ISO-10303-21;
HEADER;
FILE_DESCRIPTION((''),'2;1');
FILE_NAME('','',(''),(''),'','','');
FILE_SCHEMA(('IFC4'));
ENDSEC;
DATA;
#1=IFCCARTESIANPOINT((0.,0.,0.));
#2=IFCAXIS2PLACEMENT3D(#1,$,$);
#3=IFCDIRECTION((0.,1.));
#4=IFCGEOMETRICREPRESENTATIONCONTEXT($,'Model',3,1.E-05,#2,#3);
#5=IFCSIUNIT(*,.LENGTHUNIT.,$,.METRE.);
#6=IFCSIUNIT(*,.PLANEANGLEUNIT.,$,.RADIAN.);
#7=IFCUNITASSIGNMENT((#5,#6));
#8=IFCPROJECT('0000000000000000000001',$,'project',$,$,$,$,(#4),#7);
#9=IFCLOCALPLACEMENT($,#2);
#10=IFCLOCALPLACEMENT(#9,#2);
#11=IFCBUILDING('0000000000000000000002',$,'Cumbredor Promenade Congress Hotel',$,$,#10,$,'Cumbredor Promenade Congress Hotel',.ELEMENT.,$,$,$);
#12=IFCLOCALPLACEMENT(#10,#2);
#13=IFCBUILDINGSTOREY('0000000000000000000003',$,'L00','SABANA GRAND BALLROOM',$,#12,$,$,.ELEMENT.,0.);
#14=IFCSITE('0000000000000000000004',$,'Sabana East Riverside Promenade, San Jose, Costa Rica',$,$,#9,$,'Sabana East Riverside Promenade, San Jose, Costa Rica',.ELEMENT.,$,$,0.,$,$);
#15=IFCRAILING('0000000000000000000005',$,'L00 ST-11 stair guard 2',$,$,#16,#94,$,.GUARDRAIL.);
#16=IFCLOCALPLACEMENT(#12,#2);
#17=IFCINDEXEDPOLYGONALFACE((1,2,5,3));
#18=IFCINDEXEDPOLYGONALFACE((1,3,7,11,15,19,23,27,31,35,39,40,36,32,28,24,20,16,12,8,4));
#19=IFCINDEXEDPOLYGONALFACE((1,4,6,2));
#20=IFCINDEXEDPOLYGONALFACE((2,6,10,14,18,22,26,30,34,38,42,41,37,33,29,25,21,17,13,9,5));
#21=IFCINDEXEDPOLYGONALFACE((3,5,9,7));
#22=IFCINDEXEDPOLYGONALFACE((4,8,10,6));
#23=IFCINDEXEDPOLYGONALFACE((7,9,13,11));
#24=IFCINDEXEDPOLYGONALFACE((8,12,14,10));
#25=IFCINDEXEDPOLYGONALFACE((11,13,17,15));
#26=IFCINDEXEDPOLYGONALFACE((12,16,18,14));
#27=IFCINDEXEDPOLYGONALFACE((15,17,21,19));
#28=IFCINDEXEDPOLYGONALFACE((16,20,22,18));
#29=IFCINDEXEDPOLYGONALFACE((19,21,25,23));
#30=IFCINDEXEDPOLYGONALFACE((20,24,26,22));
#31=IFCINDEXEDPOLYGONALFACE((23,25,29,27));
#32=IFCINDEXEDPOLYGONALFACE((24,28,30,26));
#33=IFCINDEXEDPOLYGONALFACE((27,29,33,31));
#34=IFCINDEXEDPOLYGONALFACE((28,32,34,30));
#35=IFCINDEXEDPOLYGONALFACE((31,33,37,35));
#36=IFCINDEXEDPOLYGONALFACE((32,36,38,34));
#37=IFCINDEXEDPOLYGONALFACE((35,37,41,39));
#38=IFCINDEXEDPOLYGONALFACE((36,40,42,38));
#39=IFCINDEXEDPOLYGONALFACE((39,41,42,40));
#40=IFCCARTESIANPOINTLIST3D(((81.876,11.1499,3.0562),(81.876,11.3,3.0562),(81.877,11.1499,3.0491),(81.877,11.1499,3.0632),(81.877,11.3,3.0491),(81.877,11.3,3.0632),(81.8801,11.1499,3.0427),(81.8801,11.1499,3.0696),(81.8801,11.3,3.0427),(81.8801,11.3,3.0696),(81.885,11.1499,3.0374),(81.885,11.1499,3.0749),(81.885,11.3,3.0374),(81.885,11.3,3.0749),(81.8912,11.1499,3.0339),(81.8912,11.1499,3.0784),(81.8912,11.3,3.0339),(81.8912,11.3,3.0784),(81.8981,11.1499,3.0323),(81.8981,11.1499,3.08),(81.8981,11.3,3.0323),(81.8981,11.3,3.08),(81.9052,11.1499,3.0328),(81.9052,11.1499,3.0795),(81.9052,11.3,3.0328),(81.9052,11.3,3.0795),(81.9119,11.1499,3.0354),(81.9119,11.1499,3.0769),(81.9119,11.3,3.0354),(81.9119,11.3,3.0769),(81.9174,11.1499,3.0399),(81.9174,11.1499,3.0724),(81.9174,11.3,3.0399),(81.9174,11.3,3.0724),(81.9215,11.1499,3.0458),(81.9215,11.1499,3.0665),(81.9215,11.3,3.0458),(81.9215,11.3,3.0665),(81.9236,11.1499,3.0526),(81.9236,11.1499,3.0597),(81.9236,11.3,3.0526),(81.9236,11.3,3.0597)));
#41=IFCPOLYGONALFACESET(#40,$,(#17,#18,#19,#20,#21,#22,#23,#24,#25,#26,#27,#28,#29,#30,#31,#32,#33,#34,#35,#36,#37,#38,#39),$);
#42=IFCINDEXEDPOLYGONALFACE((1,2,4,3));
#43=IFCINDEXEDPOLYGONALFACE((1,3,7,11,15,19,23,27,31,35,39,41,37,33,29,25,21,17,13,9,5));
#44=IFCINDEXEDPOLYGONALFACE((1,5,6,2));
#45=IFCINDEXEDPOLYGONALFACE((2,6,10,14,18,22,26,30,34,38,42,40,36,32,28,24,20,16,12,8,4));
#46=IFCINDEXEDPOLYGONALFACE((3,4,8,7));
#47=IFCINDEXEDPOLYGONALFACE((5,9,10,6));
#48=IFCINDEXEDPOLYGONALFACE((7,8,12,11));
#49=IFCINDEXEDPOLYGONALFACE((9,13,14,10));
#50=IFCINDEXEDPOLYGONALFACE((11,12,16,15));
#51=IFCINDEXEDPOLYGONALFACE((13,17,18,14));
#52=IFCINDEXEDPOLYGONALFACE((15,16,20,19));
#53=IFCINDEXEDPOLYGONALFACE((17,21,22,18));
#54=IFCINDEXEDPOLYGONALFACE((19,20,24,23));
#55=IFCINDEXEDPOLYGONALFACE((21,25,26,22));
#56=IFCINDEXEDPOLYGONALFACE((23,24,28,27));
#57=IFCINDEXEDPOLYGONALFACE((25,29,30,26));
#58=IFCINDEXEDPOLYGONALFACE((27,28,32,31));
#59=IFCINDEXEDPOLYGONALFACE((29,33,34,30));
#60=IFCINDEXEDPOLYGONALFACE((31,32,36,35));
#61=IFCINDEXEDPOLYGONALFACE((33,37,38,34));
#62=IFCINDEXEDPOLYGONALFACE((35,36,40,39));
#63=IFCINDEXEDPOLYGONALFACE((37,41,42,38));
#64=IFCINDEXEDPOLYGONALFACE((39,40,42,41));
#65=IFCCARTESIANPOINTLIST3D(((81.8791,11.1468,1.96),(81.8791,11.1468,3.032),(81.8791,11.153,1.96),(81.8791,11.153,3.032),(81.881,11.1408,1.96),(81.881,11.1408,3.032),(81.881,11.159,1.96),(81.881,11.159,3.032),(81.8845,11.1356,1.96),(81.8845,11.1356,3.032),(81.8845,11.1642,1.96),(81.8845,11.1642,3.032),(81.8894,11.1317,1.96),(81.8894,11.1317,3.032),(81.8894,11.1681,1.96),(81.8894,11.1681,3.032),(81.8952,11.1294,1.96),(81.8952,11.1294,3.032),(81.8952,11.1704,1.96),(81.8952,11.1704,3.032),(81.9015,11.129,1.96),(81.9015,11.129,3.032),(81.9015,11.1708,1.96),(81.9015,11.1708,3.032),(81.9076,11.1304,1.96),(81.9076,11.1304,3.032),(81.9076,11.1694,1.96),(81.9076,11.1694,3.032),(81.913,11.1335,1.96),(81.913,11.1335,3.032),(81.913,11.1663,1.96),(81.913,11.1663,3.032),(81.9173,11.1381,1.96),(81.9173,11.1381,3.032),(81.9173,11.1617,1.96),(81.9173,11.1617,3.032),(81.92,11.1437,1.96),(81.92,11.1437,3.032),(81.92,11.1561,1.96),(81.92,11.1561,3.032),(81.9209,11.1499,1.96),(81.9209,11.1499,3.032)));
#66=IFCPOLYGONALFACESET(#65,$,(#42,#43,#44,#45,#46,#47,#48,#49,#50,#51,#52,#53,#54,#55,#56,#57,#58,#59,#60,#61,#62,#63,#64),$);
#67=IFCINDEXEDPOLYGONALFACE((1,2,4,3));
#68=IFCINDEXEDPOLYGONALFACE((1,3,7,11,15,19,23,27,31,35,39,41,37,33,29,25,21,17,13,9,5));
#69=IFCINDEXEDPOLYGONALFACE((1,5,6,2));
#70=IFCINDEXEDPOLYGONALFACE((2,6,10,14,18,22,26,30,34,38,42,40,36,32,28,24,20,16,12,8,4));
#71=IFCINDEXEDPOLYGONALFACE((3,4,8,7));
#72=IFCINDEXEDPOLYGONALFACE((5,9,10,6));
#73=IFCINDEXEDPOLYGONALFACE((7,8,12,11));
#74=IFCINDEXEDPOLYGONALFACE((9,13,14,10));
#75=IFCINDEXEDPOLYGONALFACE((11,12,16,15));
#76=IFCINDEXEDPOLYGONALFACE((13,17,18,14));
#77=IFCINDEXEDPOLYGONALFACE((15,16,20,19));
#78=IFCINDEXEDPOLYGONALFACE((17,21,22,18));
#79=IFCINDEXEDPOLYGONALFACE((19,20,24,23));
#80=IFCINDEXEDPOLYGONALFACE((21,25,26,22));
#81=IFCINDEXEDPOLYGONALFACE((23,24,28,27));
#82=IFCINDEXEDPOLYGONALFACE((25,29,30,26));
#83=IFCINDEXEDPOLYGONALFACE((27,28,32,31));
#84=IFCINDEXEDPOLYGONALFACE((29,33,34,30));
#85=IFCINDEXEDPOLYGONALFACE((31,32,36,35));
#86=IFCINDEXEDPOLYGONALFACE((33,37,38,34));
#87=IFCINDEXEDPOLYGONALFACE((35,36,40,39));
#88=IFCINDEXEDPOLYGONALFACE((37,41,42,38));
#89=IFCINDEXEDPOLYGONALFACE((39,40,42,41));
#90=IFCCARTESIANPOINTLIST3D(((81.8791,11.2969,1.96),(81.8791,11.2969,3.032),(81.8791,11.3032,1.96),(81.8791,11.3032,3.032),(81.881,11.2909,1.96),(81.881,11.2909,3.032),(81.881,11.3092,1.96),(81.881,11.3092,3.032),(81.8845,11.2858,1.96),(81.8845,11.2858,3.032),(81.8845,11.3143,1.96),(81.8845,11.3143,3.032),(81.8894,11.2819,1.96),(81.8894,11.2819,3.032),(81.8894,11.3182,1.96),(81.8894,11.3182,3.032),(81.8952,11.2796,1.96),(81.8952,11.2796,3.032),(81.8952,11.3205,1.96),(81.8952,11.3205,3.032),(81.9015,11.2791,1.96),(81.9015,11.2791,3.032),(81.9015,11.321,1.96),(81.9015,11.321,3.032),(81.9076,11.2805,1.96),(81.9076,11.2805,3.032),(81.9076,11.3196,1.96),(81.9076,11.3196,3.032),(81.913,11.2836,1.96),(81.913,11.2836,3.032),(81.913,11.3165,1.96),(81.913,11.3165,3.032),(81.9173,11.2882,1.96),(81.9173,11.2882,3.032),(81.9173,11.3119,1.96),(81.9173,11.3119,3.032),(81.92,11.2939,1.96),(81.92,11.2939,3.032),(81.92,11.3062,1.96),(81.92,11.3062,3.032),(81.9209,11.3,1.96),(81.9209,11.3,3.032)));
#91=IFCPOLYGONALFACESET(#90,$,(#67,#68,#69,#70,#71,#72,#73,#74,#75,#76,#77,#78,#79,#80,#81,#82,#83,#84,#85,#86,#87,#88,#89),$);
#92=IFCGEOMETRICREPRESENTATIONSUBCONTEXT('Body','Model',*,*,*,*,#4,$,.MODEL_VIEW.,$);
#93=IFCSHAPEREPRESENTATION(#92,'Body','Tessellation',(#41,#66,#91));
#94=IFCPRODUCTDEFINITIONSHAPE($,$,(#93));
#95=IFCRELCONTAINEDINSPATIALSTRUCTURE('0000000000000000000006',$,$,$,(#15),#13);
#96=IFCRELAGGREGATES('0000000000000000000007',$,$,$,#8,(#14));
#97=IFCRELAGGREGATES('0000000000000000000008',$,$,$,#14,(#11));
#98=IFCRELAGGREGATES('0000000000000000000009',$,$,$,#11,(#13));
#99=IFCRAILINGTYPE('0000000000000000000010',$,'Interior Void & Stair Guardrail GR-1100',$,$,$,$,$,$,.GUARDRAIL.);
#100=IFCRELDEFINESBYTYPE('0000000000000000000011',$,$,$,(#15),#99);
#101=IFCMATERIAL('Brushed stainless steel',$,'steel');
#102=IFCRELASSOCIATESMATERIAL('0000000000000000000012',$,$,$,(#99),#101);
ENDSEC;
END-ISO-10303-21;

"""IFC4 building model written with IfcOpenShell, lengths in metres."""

from ifc_helpers import new_model, si_unit, direction, frame, origin, origin_2d, place, context, subcontext, project, spatial, circle, extrude, material, type_object, element, save


model = new_model("IFC4")

# Units and contexts
model_context = context("Model", 3, precision=1e-05, world=origin(), true_north=direction((0.0, 1.0)))
body_context = subcontext(model_context, "Body", "Model", "MODEL_VIEW")
ifc_project = project(units=[si_unit("LENGTHUNIT", "METRE"), si_unit("PLANEANGLEUNIT", "RADIAN")], contexts=[model_context])

# Site, building, storey
site_placement = place(None, origin())
site = spatial("IfcSite", under=ifc_project, at=site_placement, Name="Sabana East Riverside Promenade, San Jose, Costa Rica", LongName="Sabana East Riverside Promenade, San Jose, Costa Rica", CompositionType="ELEMENT", RefElevation=0.0)
building_placement = place(site_placement, origin())
building = spatial("IfcBuilding", under=site, at=building_placement, Name="Cumbredor Promenade Congress Hotel", LongName="Cumbredor Promenade Congress Hotel", CompositionType="ELEMENT")
storey_placement = place(building_placement, origin())
storey = spatial("IfcBuildingStorey", under=building, at=storey_placement, Name="L00", Description="SABANA GRAND BALLROOM", CompositionType="ELEMENT", Elevation=0.0)

# Shared definitions
ifc_material_1 = material(Name="Brushed stainless steel", Category="steel")

# Railing
railing_type_1 = type_object("IfcRailingType", Name="Interior Void & Stair Guardrail GR-1100", PredefinedType="GUARDRAIL", material=ifc_material_1)
railing_1_placement = place(storey_placement, frame((81.8999, 11.1499, 1.96)))
element("IfcRailing", 1, at=railing_1_placement, inside=storey, type_object=railing_type_1, Name="L00 ST-11 stair guard 2", PredefinedType="GUARDRAIL", context=body_context, shape_type="SweptSolid", body=[
    extrude(circle(Radius=0.0239, at=origin_2d()), frame((0.0, 0.0, 1.0962), z_axis=(0.0, 1.0, 0.0), x_axis=(-1.0, 0.0, 0.0)), (0.0, 0.0, 1.0), 0.1501),
    extrude(circle(Radius=0.021, at=origin_2d()), origin(), (0.0, 0.0, 1.0), 1.072),
    extrude(circle(Radius=0.021, at=origin_2d()), frame((0.0, 0.1501, 0.0)), (0.0, 0.0, 1.0), 1.072),
])

save(model, "model.ifc")
